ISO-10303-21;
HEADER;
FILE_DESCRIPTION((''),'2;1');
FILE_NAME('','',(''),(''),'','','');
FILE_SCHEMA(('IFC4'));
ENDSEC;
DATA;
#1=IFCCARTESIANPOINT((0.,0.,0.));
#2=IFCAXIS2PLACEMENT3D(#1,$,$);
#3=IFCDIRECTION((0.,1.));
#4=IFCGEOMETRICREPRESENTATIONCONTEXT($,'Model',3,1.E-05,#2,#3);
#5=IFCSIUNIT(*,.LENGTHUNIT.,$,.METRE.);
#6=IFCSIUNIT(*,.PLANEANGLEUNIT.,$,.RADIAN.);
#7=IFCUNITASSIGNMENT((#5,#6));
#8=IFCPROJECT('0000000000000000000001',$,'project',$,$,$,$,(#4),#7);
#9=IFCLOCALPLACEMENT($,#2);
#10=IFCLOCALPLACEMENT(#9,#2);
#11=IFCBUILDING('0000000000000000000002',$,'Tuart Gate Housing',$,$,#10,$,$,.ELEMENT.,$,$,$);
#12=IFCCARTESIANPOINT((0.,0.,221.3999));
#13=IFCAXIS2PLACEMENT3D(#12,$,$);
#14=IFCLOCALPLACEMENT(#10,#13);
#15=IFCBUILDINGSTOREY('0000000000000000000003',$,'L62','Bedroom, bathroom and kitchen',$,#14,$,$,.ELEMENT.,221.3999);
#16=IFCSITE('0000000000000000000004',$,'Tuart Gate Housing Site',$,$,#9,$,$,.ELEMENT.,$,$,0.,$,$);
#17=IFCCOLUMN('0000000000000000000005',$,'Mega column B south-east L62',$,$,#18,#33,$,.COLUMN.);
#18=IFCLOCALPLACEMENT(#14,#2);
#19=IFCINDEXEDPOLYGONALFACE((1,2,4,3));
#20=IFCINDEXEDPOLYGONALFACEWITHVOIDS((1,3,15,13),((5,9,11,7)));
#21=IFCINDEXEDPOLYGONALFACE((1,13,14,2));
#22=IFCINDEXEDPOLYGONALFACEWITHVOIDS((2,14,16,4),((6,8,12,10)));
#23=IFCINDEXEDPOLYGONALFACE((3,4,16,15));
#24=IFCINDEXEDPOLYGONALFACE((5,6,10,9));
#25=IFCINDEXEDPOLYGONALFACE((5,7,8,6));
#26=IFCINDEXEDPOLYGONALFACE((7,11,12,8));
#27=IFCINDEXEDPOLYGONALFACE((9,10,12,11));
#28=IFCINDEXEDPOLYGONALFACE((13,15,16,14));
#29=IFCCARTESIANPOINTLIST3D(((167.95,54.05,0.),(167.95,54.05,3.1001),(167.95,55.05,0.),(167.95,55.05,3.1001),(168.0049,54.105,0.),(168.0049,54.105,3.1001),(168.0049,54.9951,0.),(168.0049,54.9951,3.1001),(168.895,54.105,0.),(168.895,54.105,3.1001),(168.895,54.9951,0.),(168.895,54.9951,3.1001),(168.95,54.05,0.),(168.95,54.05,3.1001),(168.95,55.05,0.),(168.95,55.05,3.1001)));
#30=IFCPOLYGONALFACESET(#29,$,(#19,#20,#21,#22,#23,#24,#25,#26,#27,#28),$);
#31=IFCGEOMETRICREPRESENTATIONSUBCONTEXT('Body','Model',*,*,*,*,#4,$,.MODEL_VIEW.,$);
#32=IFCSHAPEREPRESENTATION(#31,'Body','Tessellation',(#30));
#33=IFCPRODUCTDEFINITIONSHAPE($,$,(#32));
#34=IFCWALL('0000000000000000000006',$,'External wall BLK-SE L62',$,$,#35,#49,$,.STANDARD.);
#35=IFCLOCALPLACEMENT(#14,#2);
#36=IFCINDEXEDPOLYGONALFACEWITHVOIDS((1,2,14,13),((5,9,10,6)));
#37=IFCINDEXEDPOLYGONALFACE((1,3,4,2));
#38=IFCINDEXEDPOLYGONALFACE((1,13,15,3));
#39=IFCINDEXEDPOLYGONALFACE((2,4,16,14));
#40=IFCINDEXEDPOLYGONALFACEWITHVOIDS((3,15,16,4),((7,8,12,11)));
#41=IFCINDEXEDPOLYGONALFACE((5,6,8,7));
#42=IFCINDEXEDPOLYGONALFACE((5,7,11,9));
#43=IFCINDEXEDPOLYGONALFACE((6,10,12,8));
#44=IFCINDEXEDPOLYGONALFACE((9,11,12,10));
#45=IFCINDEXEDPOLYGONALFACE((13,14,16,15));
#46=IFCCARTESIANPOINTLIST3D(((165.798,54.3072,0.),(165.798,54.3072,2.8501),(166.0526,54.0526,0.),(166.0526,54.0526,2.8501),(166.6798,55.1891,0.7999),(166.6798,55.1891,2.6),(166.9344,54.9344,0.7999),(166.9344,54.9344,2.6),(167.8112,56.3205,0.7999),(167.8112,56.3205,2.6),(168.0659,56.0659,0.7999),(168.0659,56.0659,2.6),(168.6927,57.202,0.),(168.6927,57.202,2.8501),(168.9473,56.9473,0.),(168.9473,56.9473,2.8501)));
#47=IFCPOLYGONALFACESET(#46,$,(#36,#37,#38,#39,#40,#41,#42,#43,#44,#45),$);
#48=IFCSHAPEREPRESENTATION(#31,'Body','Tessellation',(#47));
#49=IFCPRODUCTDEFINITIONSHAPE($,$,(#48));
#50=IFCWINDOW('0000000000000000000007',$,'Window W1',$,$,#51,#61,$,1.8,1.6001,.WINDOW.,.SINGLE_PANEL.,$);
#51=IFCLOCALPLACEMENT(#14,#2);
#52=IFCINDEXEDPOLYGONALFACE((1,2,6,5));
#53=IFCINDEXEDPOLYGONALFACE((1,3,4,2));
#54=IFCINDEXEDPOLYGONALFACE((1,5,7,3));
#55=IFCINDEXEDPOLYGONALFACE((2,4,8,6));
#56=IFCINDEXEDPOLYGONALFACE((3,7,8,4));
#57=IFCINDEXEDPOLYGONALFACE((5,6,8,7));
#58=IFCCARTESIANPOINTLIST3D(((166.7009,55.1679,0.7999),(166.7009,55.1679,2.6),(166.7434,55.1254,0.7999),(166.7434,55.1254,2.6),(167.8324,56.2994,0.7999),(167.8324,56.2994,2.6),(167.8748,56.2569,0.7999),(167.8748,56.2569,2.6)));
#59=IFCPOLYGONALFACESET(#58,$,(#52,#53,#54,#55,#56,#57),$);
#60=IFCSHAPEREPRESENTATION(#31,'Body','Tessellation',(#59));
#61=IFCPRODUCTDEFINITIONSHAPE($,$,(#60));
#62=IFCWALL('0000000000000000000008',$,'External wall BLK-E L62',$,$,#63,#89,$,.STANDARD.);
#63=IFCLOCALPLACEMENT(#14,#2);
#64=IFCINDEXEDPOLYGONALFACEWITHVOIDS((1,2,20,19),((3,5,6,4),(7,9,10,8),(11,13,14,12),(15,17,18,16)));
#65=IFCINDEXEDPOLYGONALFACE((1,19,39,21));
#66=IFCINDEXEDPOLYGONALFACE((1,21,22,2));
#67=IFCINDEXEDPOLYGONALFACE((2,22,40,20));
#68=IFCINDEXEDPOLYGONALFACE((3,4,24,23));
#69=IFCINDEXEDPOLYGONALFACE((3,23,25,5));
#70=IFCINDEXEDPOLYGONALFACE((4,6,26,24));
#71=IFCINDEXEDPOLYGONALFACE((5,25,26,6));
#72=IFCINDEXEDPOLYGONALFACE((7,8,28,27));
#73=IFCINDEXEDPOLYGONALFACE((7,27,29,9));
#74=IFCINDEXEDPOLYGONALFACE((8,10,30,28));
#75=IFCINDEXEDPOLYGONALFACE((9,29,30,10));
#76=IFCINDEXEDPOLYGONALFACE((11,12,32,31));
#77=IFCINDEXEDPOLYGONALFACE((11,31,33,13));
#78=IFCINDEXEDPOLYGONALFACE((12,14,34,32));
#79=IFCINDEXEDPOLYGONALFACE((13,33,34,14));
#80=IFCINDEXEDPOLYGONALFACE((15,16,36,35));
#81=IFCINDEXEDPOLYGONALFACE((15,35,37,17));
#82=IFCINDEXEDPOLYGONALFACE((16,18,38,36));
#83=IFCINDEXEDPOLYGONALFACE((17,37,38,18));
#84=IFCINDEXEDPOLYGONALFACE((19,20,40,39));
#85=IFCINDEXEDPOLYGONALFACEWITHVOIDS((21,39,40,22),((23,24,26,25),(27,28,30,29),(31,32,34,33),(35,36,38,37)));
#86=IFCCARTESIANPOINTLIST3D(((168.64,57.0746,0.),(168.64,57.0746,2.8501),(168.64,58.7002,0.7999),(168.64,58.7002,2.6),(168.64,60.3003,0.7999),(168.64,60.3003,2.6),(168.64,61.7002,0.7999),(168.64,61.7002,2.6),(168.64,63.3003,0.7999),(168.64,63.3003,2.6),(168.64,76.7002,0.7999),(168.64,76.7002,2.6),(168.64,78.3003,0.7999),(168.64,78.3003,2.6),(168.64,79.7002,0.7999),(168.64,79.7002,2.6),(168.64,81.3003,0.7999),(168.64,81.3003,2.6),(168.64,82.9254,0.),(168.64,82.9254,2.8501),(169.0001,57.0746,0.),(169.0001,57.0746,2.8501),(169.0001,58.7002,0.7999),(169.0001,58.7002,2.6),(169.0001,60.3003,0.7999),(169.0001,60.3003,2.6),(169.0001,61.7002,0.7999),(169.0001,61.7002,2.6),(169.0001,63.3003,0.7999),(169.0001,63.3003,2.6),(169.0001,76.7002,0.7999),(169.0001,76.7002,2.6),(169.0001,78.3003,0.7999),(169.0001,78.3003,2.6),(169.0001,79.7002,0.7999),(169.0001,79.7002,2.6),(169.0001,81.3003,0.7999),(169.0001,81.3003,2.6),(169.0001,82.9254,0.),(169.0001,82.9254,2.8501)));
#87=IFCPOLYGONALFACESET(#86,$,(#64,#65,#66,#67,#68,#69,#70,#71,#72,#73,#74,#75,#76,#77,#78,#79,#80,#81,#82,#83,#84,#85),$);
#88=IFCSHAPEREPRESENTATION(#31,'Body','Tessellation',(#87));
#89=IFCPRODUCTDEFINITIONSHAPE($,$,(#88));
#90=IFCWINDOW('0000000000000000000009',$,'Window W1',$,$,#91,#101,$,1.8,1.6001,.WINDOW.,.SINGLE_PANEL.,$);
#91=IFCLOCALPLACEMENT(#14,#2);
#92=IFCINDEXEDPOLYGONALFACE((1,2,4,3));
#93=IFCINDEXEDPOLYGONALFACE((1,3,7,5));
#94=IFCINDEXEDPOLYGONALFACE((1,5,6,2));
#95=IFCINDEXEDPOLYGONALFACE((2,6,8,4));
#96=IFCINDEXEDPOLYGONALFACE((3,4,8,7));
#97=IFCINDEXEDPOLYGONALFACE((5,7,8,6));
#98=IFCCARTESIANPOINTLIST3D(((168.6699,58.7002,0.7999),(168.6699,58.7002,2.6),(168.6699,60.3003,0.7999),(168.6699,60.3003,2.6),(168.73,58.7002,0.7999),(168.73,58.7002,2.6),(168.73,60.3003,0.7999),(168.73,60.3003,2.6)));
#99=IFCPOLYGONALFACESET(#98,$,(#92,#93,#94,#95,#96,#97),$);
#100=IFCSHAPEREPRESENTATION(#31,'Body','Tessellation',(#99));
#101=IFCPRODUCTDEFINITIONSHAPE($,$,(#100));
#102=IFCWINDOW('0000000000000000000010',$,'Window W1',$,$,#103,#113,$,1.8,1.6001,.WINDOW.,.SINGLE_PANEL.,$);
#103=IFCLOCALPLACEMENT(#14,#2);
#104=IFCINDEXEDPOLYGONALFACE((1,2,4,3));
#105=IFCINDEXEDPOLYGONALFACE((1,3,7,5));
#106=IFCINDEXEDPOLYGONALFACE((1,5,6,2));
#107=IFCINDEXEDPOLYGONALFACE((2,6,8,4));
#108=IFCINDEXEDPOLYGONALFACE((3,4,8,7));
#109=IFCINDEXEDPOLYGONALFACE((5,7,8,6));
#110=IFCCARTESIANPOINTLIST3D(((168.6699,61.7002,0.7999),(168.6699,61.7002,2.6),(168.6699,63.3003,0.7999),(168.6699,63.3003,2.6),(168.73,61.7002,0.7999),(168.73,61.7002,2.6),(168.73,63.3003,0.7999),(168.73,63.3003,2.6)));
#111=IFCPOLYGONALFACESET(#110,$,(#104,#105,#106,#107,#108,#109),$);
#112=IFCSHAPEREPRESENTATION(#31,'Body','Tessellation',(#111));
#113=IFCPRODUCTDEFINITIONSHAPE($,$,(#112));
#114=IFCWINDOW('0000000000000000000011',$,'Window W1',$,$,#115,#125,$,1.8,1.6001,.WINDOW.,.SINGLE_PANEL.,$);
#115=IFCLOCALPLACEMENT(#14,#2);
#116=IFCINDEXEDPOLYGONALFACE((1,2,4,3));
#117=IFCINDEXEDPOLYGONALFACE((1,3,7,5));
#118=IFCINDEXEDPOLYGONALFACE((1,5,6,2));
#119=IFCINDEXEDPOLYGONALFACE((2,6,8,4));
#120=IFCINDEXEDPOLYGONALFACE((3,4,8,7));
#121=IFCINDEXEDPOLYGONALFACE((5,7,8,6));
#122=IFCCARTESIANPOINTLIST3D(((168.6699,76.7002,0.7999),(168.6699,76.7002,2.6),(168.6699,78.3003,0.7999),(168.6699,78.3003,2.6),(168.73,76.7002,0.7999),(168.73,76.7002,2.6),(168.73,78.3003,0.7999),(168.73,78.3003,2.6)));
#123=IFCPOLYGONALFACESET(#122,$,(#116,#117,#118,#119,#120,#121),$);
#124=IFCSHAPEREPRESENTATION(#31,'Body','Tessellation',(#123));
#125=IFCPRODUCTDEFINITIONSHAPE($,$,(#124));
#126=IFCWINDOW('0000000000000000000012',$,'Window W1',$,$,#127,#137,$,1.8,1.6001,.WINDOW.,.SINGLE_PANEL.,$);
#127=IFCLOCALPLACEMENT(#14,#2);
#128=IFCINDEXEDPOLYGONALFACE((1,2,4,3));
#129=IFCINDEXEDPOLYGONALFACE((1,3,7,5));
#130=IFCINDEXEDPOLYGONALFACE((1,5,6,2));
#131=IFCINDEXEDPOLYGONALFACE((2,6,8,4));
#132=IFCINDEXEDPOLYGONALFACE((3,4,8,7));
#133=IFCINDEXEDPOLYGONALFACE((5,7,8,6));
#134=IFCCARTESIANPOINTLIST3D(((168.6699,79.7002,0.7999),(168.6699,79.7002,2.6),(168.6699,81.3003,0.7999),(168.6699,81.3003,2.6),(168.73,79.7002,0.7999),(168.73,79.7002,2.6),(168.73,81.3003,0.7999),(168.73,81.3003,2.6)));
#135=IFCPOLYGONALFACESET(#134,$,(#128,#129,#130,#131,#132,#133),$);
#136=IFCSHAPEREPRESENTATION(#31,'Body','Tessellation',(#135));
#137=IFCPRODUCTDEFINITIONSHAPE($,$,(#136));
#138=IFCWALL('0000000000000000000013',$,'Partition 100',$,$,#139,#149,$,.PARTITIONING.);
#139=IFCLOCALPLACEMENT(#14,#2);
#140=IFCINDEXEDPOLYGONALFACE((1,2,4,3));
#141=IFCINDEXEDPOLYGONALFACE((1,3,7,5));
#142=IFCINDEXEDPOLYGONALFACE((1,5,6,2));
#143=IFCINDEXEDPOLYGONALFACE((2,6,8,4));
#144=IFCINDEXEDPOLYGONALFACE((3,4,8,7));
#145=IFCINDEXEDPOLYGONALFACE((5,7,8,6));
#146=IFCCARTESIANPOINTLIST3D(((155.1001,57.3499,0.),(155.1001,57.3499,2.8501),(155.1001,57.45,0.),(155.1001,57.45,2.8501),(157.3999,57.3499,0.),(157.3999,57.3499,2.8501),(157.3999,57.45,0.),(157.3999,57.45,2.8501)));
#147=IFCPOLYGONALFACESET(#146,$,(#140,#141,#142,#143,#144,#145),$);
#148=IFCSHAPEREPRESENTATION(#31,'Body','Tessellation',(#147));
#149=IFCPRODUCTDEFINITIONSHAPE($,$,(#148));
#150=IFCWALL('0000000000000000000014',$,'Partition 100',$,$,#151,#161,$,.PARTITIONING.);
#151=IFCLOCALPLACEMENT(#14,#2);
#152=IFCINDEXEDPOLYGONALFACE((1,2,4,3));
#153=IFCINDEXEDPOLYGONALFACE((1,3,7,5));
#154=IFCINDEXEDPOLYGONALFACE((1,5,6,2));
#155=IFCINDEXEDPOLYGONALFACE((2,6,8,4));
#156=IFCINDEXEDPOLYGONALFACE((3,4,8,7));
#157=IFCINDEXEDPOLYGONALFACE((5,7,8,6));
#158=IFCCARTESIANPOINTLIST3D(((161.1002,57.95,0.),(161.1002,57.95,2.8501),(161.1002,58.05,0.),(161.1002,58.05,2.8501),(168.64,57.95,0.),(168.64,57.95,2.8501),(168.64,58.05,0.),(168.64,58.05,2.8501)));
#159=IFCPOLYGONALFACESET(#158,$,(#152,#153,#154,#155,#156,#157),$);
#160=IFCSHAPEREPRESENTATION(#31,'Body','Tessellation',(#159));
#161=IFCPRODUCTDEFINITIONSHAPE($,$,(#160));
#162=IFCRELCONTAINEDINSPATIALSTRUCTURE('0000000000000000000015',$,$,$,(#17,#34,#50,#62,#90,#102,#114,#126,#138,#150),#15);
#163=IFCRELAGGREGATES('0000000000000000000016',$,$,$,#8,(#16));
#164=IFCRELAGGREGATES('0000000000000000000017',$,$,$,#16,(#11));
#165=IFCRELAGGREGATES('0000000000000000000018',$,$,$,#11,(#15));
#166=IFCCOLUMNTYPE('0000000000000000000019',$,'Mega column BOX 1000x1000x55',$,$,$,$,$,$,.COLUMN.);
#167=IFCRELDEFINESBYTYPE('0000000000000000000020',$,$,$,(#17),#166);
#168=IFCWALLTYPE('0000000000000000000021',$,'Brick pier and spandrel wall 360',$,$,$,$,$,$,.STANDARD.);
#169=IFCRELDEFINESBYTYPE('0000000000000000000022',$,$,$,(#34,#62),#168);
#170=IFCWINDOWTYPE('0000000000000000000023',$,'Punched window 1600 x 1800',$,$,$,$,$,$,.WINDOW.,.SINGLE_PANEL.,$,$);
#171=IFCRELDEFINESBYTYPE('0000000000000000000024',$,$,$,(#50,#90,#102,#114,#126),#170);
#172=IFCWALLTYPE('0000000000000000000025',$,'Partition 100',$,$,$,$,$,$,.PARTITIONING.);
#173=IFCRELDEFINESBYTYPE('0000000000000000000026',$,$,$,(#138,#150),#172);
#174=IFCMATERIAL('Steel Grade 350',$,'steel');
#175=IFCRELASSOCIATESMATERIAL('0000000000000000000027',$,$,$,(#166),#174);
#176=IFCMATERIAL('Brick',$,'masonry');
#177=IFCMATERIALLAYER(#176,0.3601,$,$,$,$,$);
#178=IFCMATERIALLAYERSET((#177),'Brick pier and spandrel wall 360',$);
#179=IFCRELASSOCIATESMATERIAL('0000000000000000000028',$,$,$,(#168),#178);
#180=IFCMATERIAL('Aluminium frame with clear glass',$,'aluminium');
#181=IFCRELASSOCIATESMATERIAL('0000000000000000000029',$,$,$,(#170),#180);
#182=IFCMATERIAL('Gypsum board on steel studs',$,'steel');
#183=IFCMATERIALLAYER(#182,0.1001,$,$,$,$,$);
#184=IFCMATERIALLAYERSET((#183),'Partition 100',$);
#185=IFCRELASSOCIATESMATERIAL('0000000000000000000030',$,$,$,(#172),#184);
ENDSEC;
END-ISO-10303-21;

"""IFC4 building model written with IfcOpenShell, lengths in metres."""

from ifc_helpers import new_model, si_unit, direction, frame, frame_2d, origin, origin_2d, place, context, subcontext, project, spatial, rectangle, hollow_rectangle, extrude, material, layer, layer_set, material_profile, profile_set, type_object, element, fill, save


model = new_model("IFC4")

# Units and contexts
model_context = context("Model", 3, precision=1e-05, world=origin(), true_north=direction((0.0, 1.0)))
body_context = subcontext(model_context, "Body", "Model", "MODEL_VIEW")
ifc_project = project(units=[si_unit("LENGTHUNIT", "METRE"), si_unit("PLANEANGLEUNIT", "RADIAN")], contexts=[model_context])

# Site, building, storey
site_placement = place(None, origin())
site = spatial("IfcSite", under=ifc_project, at=site_placement, Name="Tuart Gate Housing Site", CompositionType="ELEMENT", RefElevation=0.0)
building_placement = place(site_placement, origin())
building = spatial("IfcBuilding", under=site, at=building_placement, Name="Tuart Gate Housing", CompositionType="ELEMENT")
storey_placement = place(building_placement, frame((0.0, 0.0, 221.3999)))
storey = spatial("IfcBuildingStorey", under=building, at=storey_placement, Name="L62", Description="Bedroom, bathroom and kitchen", CompositionType="ELEMENT", Elevation=221.3999)

# Column
ifc_material_1 = material(Name="Steel Grade 350", Category="steel")
ifc_material_profile = material_profile(ifc_material_1, hollow_rectangle(XDim=1.0, YDim=1.0, WallThickness=0.0549, at=origin_2d()), Name="BOX 1000x1000x55")
ifc_profile_set = profile_set([ifc_material_profile], Name="Steel Grade 350")
column_type = type_object("IfcColumnType", Name="Mega column BOX 1000x1000x55", PredefinedType="COLUMN", material=ifc_profile_set)
column_placement = place(storey_placement, frame((168.45, 54.55, 0.0), z_axis=(0.0, 0.0, 1.0), x_axis=(1.0, 0.0, 0.0)))
element("IfcColumn", 1, at=column_placement, inside=storey, type_object=column_type, Name="Mega column B south-east L62", PredefinedType="COLUMN", context=body_context, shape_type="SweptSolid", body=[
    extrude(hollow_rectangle(XDim=1.0, YDim=1.0, WallThickness=0.0549, at=origin_2d()), origin(), (0.0, 0.0, 1.0), 3.1001),
])

# Wall, opening, window
ifc_material_2 = material(Name="Brick", Category="masonry")
ifc_layer_1 = layer(ifc_material_2, 0.3601)
ifc_layer_set_1 = layer_set([ifc_layer_1], Name="Brick pier and spandrel wall 360")
wall_type_1 = type_object("IfcWallType", Name="Brick pier and spandrel wall 360", PredefinedType="STANDARD", material=ifc_layer_set_1)
wall_1_placement = place(storey_placement, frame((165.9253, 54.1799, 0.0), z_axis=(0.0, 0.0, 1.0), x_axis=(0.707107, 0.707107, 0.0)))
wall_1 = element("IfcWall", 2, at=wall_1_placement, inside=storey, type_object=wall_type_1, Name="External wall BLK-SE L62", PredefinedType="STANDARD", context=body_context, shape_type="SweptSolid", body=[
    extrude(rectangle(XDim=4.0938, YDim=0.3601, at=frame_2d((2.0469, 0.0))), origin(), (0.0, 0.0, 1.0), 2.8501),
])
opening_1_placement = place(wall_1_placement, frame((1.2471, 0.0, 0.8)))
opening_1 = element("IfcOpeningElement", 3, at=opening_1_placement, cuts=wall_1, PredefinedType="OPENING", context=body_context, shape_type="SweptSolid", body=[
    extrude(rectangle(XDim=1.6001, YDim=1.8, at=frame_2d((0.8, 0.8999))), frame((0.0, 0.1899, 0.0), z_axis=(0.0, -1.0, 0.0), x_axis=(1.0, 0.0, 0.0)), (0.0, 0.0, 1.0), 0.3801),
])
ifc_material_3 = material(Name="Aluminium frame with clear glass", Category="aluminium")
window_type = type_object("IfcWindowType", Name="Punched window 1600 x 1800", PartitioningType="SINGLE_PANEL", PredefinedType="WINDOW", material=ifc_material_3)
window_1_placement = place(opening_1_placement, origin())
window_1 = element("IfcWindow", 4, at=window_1_placement, inside=storey, type_object=window_type, Name="Window W1", OverallHeight=1.8, OverallWidth=1.6001, PartitioningType="SINGLE_PANEL", PredefinedType="WINDOW", context=body_context, shape_type="SweptSolid", body=[
    extrude(rectangle(XDim=1.6001, YDim=1.8, at=frame_2d((0.8, 0.8999))), frame((0.0, 0.1501, 0.0), z_axis=(0.0, -1.0, 0.0), x_axis=(1.0, 0.0, 0.0)), (0.0, 0.0, 1.0), 0.0601),
])
fill(opening_1, window_1)

# Wall, openings, windows
wall_2_placement = place(storey_placement, frame((168.8201, 57.0747, 0.0), z_axis=(0.0, 0.0, 1.0), x_axis=(0.0, 1.0, 0.0)))
wall_2 = element("IfcWall", 5, at=wall_2_placement, inside=storey, type_object=wall_type_1, Name="External wall BLK-E L62", PredefinedType="STANDARD", context=body_context, shape_type="SweptSolid", body=[
    extrude(rectangle(XDim=25.8508, YDim=0.3601, at=frame_2d((12.9253, 0.0))), origin(), (0.0, 0.0, 1.0), 2.8501),
])
opening_2_placement = place(wall_2_placement, frame((1.6255, 0.0, 0.8)))
opening_2 = element("IfcOpeningElement", 6, at=opening_2_placement, cuts=wall_2, PredefinedType="OPENING", context=body_context, shape_type="SweptSolid", body=[
    extrude(rectangle(XDim=1.6001, YDim=1.8, at=frame_2d((0.8, 0.8999))), frame((0.0, 0.1899, 0.0), z_axis=(0.0, -1.0, 0.0), x_axis=(1.0, 0.0, 0.0)), (0.0, 0.0, 1.0), 0.3801),
])
opening_3_placement = place(wall_2_placement, frame((4.6255, 0.0, 0.8)))
opening_3 = element("IfcOpeningElement", 7, at=opening_3_placement, cuts=wall_2, PredefinedType="OPENING", context=body_context, shape_type="SweptSolid", body=[
    extrude(rectangle(XDim=1.6001, YDim=1.8, at=frame_2d((0.8, 0.8999))), frame((0.0, 0.1899, 0.0), z_axis=(0.0, -1.0, 0.0), x_axis=(1.0, 0.0, 0.0)), (0.0, 0.0, 1.0), 0.3801),
])
opening_4_placement = place(wall_2_placement, frame((19.6255, 0.0, 0.8)))
opening_4 = element("IfcOpeningElement", 8, at=opening_4_placement, cuts=wall_2, PredefinedType="OPENING", context=body_context, shape_type="SweptSolid", body=[
    extrude(rectangle(XDim=1.6001, YDim=1.8, at=frame_2d((0.8, 0.8999))), frame((0.0, 0.1899, 0.0), z_axis=(0.0, -1.0, 0.0), x_axis=(1.0, 0.0, 0.0)), (0.0, 0.0, 1.0), 0.3801),
])
opening_5_placement = place(wall_2_placement, frame((22.6255, 0.0, 0.8)))
opening_5 = element("IfcOpeningElement", 9, at=opening_5_placement, cuts=wall_2, PredefinedType="OPENING", context=body_context, shape_type="SweptSolid", body=[
    extrude(rectangle(XDim=1.6001, YDim=1.8, at=frame_2d((0.8, 0.8999))), frame((0.0, 0.1899, 0.0), z_axis=(0.0, -1.0, 0.0), x_axis=(1.0, 0.0, 0.0)), (0.0, 0.0, 1.0), 0.3801),
])
window_2_placement = place(opening_2_placement, origin())
window_2 = element("IfcWindow", 10, at=window_2_placement, inside=storey, type_object=window_type, Name="Window W1", OverallHeight=1.8, OverallWidth=1.6001, PartitioningType="SINGLE_PANEL", PredefinedType="WINDOW", context=body_context, shape_type="SweptSolid", body=[
    extrude(rectangle(XDim=1.6001, YDim=1.8, at=frame_2d((0.8, 0.8999))), frame((0.0, 0.1501, 0.0), z_axis=(0.0, -1.0, 0.0), x_axis=(1.0, 0.0, 0.0)), (0.0, 0.0, 1.0), 0.0601),
])
fill(opening_2, window_2)
window_3_placement = place(opening_3_placement, origin())
window_3 = element("IfcWindow", 11, at=window_3_placement, inside=storey, type_object=window_type, Name="Window W1", OverallHeight=1.8, OverallWidth=1.6001, PartitioningType="SINGLE_PANEL", PredefinedType="WINDOW", context=body_context, shape_type="SweptSolid", body=[
    extrude(rectangle(XDim=1.6001, YDim=1.8, at=frame_2d((0.8, 0.8999))), frame((0.0, 0.1501, 0.0), z_axis=(0.0, -1.0, 0.0), x_axis=(1.0, 0.0, 0.0)), (0.0, 0.0, 1.0), 0.0601),
])
fill(opening_3, window_3)
window_4_placement = place(opening_4_placement, origin())
window_4 = element("IfcWindow", 12, at=window_4_placement, inside=storey, type_object=window_type, Name="Window W1", OverallHeight=1.8, OverallWidth=1.6001, PartitioningType="SINGLE_PANEL", PredefinedType="WINDOW", context=body_context, shape_type="SweptSolid", body=[
    extrude(rectangle(XDim=1.6001, YDim=1.8, at=frame_2d((0.8, 0.8999))), frame((0.0, 0.1501, 0.0), z_axis=(0.0, -1.0, 0.0), x_axis=(1.0, 0.0, 0.0)), (0.0, 0.0, 1.0), 0.0601),
])
fill(opening_4, window_4)
window_5_placement = place(opening_5_placement, origin())
window_5 = element("IfcWindow", 13, at=window_5_placement, inside=storey, type_object=window_type, Name="Window W1", OverallHeight=1.8, OverallWidth=1.6001, PartitioningType="SINGLE_PANEL", PredefinedType="WINDOW", context=body_context, shape_type="SweptSolid", body=[
    extrude(rectangle(XDim=1.6001, YDim=1.8, at=frame_2d((0.8, 0.8999))), frame((0.0, 0.1501, 0.0), z_axis=(0.0, -1.0, 0.0), x_axis=(1.0, 0.0, 0.0)), (0.0, 0.0, 1.0), 0.0601),
])
fill(opening_5, window_5)

# Walls
ifc_material_4 = material(Name="Gypsum board on steel studs", Category="steel")
ifc_layer_2 = layer(ifc_material_4, 0.1001)
ifc_layer_set_2 = layer_set([ifc_layer_2], Name="Partition 100")
wall_type_2 = type_object("IfcWallType", Name="Partition 100", PredefinedType="PARTITIONING", material=ifc_layer_set_2)
wall_3_placement = place(storey_placement, frame((155.1001, 57.3999, 0.0), z_axis=(0.0, 0.0, 1.0), x_axis=(1.0, 0.0, 0.0)))
element("IfcWall", 14, at=wall_3_placement, inside=storey, type_object=wall_type_2, Name="Partition 100", PredefinedType="PARTITIONING", context=body_context, shape_type="SweptSolid", body=[
    extrude(rectangle(XDim=2.2998, YDim=0.1001, at=frame_2d((1.1499, 0.0))), origin(), (0.0, 0.0, 1.0), 2.8501),
])
wall_4_placement = place(storey_placement, frame((161.1001, 58.0, 0.0), z_axis=(0.0, 0.0, 1.0), x_axis=(1.0, 0.0, 0.0)))
element("IfcWall", 15, at=wall_4_placement, inside=storey, type_object=wall_type_2, Name="Partition 100", PredefinedType="PARTITIONING", context=body_context, shape_type="SweptSolid", body=[
    extrude(rectangle(XDim=7.5398, YDim=0.1001, at=frame_2d((3.77, 0.0))), origin(), (0.0, 0.0, 1.0), 2.8501),
])

save(model, "model.ifc")
